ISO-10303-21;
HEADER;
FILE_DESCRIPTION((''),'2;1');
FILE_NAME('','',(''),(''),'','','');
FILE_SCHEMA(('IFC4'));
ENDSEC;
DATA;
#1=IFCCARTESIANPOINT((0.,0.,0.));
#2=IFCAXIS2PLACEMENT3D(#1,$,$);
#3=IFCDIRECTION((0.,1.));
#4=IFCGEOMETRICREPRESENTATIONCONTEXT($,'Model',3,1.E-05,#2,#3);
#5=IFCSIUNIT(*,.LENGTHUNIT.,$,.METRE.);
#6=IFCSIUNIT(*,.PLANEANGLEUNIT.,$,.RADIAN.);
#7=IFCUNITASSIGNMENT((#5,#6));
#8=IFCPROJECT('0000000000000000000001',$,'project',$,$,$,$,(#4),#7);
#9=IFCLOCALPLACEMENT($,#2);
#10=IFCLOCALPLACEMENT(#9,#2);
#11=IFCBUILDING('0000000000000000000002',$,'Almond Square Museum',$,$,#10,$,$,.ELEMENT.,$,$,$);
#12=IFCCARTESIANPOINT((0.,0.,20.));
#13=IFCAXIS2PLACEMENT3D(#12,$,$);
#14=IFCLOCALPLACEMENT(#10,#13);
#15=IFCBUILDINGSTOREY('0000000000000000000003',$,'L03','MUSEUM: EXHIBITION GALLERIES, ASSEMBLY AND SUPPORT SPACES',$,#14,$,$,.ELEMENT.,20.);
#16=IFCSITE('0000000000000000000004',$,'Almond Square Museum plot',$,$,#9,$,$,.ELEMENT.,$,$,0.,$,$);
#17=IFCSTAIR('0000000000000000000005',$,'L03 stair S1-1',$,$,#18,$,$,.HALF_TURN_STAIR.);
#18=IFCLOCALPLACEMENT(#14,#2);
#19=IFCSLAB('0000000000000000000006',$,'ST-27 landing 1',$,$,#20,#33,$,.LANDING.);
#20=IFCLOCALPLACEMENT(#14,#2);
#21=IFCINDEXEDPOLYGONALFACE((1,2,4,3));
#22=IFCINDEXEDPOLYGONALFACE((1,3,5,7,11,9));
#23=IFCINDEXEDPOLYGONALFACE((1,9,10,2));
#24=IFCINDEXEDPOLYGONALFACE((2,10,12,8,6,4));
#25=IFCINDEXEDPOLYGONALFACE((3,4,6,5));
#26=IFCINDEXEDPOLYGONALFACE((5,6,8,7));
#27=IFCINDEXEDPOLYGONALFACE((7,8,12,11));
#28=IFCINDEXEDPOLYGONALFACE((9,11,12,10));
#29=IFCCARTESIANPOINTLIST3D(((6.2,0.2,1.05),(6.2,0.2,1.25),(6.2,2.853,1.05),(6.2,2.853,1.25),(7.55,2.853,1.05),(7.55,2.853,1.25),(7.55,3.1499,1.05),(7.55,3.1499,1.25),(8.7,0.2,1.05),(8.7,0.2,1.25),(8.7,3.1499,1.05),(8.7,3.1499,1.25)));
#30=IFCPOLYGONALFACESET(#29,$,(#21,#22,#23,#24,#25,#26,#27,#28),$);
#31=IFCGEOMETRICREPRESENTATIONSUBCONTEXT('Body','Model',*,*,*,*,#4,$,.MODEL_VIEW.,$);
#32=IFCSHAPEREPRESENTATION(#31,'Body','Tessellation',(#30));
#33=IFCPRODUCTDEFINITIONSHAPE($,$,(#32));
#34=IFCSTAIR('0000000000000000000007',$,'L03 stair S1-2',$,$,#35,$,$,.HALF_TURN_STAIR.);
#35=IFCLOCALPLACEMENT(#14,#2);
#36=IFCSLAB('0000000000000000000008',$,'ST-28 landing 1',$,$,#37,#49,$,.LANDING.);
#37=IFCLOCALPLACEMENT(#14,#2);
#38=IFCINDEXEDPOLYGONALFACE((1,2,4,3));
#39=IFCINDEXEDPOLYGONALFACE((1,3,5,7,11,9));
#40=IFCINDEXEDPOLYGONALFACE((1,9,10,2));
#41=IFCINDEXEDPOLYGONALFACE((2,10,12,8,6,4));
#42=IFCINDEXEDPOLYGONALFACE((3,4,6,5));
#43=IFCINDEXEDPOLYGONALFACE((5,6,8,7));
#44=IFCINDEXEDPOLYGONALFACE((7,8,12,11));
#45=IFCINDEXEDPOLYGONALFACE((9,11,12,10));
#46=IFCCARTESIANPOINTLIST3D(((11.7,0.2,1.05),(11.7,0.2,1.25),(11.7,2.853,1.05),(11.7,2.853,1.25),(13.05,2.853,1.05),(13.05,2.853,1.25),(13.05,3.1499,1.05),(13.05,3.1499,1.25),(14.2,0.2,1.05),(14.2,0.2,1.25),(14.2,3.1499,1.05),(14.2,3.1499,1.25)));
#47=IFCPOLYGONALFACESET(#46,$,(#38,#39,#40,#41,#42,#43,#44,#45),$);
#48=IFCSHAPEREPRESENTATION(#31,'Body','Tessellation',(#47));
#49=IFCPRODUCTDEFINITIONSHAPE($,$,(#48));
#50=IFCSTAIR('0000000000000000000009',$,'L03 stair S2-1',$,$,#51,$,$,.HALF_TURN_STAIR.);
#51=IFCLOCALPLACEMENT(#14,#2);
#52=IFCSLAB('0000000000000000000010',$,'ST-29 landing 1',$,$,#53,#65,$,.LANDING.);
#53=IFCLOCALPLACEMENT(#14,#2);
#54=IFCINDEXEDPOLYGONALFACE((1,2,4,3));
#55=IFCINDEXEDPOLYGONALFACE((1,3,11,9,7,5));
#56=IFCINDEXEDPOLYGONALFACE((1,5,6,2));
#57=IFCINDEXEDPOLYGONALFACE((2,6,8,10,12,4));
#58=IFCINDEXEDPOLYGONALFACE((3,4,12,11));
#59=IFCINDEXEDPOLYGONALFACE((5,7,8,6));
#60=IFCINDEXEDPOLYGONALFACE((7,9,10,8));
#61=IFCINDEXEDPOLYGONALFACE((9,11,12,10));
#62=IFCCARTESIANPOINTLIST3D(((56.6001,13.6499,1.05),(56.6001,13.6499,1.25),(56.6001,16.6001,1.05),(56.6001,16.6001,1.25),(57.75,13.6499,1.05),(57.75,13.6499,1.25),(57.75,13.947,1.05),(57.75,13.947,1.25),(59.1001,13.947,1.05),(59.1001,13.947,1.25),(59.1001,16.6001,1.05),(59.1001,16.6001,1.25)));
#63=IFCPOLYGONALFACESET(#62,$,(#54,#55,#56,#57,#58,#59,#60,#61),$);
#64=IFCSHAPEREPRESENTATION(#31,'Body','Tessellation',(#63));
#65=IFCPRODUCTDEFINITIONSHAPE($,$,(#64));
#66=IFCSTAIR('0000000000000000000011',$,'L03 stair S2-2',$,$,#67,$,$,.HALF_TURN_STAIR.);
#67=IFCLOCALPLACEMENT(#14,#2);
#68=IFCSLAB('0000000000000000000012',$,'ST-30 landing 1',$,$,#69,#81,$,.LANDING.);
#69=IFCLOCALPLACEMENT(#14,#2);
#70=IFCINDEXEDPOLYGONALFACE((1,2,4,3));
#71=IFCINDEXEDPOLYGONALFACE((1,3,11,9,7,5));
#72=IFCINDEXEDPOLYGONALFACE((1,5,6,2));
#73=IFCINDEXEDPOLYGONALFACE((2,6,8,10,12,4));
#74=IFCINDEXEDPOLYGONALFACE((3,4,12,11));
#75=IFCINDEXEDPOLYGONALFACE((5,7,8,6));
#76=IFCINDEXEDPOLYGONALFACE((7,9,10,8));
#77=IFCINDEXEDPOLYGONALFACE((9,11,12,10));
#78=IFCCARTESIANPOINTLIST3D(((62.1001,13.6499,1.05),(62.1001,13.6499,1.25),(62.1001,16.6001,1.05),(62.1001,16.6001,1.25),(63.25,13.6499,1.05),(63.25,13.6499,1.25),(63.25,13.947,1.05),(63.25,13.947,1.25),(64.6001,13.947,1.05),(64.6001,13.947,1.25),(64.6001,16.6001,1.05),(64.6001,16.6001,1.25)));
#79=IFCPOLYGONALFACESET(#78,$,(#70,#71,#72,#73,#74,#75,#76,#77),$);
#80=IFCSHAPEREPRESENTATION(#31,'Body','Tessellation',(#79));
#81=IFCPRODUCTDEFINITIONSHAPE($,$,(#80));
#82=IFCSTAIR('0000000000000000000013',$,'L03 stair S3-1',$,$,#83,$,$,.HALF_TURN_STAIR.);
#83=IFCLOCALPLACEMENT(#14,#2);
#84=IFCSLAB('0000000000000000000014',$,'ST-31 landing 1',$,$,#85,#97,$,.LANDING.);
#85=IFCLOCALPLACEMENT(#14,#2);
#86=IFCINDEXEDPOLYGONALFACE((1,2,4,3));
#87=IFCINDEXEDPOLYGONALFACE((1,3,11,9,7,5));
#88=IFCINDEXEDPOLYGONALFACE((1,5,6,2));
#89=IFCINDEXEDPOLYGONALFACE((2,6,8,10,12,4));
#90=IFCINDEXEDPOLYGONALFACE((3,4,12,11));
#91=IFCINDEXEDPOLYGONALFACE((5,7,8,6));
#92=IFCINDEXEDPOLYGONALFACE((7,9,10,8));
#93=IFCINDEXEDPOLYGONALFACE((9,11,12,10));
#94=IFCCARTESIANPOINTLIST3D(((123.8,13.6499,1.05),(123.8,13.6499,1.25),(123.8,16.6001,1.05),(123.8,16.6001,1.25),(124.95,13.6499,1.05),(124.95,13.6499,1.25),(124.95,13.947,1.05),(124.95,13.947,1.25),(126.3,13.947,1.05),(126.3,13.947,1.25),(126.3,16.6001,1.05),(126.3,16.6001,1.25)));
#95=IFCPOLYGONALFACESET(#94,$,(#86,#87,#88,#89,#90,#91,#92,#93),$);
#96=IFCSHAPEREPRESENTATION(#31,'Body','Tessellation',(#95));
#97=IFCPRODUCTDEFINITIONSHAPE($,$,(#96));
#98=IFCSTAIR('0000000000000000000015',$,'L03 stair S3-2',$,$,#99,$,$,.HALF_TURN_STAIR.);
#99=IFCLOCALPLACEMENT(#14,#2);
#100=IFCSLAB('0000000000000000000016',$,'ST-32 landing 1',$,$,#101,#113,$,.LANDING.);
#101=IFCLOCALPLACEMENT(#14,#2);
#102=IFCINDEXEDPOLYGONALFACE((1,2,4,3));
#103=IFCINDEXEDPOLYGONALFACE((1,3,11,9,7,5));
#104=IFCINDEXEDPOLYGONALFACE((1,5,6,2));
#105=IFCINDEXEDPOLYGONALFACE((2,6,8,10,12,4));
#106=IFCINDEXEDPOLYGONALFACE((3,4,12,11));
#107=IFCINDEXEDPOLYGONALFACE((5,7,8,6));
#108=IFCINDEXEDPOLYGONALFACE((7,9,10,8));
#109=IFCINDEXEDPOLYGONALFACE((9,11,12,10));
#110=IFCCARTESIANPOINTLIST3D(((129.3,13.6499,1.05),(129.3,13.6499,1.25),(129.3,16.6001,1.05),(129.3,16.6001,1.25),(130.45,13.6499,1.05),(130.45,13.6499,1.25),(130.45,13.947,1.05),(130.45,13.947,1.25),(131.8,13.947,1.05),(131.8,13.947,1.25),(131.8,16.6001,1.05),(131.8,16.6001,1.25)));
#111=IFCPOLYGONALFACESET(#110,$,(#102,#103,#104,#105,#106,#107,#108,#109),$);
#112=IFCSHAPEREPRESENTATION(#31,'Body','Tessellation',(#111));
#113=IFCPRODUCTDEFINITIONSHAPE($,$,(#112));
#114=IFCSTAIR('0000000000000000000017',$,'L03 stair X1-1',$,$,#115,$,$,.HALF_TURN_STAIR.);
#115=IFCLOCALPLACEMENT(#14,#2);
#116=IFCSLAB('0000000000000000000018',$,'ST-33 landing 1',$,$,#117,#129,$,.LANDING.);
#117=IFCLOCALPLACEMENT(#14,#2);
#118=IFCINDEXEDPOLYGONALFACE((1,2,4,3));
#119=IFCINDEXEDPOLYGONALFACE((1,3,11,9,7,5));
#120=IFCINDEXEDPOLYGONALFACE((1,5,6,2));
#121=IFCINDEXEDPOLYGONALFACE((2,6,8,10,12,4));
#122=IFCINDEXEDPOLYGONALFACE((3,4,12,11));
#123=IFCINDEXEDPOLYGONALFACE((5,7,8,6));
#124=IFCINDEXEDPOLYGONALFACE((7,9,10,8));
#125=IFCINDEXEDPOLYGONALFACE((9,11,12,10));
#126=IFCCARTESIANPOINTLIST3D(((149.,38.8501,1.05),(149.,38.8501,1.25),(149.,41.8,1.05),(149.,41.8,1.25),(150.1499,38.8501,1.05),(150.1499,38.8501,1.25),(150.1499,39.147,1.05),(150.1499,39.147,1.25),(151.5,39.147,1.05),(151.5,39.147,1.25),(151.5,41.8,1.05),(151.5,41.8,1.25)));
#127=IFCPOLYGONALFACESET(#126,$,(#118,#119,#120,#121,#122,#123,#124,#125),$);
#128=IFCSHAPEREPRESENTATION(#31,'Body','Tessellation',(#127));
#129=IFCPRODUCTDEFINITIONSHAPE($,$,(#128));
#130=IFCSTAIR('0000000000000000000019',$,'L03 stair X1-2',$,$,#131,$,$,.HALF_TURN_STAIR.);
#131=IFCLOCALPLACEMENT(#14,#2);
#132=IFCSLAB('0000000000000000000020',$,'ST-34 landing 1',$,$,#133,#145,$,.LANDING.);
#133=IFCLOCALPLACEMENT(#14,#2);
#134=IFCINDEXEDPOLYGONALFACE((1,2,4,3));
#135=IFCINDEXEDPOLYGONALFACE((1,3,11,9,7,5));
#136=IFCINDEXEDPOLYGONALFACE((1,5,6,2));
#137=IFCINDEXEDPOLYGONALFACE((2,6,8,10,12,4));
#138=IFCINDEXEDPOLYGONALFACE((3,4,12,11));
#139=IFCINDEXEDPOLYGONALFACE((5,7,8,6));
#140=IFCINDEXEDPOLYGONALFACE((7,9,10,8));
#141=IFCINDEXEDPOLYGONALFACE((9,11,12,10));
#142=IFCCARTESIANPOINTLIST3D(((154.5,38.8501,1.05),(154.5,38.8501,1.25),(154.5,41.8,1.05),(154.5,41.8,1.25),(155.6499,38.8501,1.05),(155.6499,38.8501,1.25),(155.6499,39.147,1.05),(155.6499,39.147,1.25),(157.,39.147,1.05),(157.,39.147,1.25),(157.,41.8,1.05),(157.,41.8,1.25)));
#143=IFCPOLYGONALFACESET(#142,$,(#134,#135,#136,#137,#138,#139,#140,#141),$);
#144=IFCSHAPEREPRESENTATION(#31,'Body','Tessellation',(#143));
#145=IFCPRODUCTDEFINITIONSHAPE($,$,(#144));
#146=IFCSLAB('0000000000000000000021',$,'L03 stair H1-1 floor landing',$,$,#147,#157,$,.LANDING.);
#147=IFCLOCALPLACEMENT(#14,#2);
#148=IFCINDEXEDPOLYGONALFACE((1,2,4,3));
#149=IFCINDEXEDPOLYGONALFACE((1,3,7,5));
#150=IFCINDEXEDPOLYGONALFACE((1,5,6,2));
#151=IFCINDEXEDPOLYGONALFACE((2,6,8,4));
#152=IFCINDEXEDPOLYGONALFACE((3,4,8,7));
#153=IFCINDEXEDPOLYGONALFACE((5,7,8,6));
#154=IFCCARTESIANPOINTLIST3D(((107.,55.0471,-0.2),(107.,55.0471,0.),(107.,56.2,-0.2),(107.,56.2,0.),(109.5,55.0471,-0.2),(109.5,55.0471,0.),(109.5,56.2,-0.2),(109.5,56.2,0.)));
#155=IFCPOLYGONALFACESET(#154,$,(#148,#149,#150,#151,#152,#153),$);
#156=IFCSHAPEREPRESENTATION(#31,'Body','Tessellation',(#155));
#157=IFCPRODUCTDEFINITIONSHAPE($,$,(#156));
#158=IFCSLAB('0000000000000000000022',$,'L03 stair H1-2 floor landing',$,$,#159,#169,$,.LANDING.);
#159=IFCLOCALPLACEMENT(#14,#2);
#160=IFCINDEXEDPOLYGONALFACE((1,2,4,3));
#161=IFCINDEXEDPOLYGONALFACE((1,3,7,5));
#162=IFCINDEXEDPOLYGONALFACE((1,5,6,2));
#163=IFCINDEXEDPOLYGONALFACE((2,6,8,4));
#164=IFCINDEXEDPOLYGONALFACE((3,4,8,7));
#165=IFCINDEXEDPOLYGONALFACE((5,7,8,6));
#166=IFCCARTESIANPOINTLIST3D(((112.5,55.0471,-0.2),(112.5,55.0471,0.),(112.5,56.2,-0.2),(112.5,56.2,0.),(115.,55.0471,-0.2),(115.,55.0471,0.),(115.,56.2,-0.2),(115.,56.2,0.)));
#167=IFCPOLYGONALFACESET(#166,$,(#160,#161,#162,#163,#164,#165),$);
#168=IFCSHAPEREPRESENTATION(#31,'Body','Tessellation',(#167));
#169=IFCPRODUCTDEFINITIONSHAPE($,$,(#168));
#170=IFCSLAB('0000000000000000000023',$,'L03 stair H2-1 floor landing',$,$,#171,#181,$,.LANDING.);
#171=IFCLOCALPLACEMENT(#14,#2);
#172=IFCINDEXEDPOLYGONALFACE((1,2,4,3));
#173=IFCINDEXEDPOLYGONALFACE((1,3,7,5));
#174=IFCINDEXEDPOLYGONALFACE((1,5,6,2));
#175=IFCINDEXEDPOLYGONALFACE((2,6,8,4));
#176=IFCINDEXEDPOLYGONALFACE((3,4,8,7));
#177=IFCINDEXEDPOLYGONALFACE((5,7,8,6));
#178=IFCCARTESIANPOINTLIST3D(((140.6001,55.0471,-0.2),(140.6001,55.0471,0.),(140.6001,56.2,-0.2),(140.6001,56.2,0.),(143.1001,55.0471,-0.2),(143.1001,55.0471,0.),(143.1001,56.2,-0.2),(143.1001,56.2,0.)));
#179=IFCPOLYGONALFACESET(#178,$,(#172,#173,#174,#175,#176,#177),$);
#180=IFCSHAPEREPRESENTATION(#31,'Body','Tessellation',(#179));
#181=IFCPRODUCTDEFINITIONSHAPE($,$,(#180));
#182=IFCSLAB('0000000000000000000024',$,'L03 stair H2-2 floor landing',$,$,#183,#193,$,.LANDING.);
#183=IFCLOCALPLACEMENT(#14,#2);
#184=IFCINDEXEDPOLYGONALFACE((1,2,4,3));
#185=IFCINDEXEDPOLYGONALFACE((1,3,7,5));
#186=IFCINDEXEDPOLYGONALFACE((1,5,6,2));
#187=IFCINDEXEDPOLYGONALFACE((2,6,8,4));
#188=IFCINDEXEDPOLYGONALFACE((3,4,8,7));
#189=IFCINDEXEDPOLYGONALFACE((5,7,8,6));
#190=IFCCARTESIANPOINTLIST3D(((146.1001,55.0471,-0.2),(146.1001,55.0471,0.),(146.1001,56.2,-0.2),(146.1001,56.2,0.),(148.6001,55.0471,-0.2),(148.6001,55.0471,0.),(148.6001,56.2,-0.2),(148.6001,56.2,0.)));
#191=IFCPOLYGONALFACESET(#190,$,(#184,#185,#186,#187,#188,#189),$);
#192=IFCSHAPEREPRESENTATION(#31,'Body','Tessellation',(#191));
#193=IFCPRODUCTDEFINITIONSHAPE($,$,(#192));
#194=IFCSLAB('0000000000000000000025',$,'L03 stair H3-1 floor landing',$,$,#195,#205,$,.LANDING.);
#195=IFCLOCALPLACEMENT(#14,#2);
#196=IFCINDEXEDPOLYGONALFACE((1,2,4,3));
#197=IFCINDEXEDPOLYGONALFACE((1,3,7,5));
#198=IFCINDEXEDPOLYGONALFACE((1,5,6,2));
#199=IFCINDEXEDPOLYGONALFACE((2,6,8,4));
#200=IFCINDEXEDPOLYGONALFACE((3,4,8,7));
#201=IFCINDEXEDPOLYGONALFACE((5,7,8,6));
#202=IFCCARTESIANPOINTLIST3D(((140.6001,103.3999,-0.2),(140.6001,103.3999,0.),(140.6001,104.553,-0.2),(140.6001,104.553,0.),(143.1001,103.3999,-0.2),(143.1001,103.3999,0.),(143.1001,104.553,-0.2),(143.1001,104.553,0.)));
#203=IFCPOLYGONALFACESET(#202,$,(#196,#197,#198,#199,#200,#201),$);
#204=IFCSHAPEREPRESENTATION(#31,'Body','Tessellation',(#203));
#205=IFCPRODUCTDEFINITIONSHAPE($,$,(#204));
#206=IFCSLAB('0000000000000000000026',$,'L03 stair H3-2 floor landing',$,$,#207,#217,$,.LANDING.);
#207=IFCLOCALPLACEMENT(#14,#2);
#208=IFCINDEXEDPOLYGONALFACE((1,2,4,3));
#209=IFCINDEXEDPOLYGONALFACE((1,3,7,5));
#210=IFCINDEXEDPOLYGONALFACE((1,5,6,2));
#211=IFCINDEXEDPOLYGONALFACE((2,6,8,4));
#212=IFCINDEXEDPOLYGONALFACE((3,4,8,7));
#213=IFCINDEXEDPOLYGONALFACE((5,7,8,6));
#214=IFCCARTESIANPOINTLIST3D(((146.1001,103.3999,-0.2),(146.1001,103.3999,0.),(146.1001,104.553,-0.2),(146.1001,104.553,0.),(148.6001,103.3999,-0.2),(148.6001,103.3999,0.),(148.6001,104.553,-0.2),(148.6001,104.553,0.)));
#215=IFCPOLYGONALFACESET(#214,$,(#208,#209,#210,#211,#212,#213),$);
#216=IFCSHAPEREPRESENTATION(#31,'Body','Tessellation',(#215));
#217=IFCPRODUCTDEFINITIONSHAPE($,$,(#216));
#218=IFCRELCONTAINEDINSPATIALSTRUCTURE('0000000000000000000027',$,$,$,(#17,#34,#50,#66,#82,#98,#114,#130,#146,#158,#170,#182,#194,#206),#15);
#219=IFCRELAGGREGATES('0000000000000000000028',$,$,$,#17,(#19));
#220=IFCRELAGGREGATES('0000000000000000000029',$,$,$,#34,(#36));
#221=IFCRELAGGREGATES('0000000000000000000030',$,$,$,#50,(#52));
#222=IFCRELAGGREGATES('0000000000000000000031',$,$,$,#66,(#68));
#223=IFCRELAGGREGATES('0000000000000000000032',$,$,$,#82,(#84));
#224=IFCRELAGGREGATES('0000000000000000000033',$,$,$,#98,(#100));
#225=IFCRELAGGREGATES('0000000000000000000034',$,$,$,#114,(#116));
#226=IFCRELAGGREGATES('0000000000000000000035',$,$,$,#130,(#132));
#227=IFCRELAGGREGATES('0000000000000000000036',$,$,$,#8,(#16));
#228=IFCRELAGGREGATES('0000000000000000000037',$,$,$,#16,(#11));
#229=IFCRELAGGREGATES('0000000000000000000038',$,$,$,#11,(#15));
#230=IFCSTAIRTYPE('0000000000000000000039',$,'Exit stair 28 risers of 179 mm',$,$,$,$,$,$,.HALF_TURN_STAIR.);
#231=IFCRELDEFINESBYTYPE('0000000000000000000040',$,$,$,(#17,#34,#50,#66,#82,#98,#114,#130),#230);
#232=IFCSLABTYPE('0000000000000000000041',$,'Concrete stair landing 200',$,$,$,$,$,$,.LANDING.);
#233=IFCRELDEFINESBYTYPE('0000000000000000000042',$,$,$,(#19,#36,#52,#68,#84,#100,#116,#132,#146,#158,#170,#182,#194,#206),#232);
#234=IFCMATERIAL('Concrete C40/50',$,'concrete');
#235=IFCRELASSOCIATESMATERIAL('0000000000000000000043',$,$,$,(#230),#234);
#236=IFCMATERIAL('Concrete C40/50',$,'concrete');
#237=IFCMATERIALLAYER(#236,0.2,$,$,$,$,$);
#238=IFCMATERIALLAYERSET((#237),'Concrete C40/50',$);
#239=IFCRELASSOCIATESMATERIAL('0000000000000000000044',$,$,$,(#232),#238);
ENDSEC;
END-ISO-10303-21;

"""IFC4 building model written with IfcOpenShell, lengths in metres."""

from ifc_helpers import new_model, si_unit, direction, frame, origin, place, context, subcontext, project, spatial, polyline, outline, extrude, material, layer, layer_set, type_object, element, aggregate, save


model = new_model("IFC4")

# Units and contexts
model_context = context("Model", 3, precision=1e-05, world=origin(), true_north=direction((0.0, 1.0)))
body_context = subcontext(model_context, "Body", "Model", "MODEL_VIEW")
ifc_project = project(units=[si_unit("LENGTHUNIT", "METRE"), si_unit("PLANEANGLEUNIT", "RADIAN")], contexts=[model_context])

# Site, building, storey
site_placement = place(None, origin())
site = spatial("IfcSite", under=ifc_project, at=site_placement, Name="Almond Square Museum plot", CompositionType="ELEMENT", RefElevation=0.0)
building_placement = place(site_placement, origin())
building = spatial("IfcBuilding", under=site, at=building_placement, Name="Almond Square Museum", CompositionType="ELEMENT")
storey_placement = place(building_placement, frame((0.0, 0.0, 20.0)))
storey = spatial("IfcBuildingStorey", under=building, at=storey_placement, Name="L03", Description="MUSEUM: EXHIBITION GALLERIES, ASSEMBLY AND SUPPORT SPACES", CompositionType="ELEMENT", Elevation=20.0)

# Stairs, slabs
ifc_material_1 = material(Name="Concrete C40/50", Category="concrete")
stair_type = type_object("IfcStairType", Name="Exit stair 28 risers of 179 mm", PredefinedType="HALF_TURN_STAIR", material=ifc_material_1)
ifc_material_2 = material(Name="Concrete C40/50", Category="concrete")
ifc_layer_1 = layer(ifc_material_2, 0.2)
ifc_layer_set_1 = layer_set([ifc_layer_1], Name="Concrete C40/50")
slab_type_1 = type_object("IfcSlabType", Name="Concrete stair landing 200", PredefinedType="LANDING", material=ifc_layer_set_1)
stair_1_placement = place(storey_placement, origin())
stair_1 = element("IfcStair", 1, at=stair_1_placement, inside=storey, type_object=stair_type, Name="L03 stair S1-1", PredefinedType="HALF_TURN_STAIR")
slab_1_placement = place(storey_placement, frame((0.0, 0.0, 1.05)))
slab_1 = element("IfcSlab", 2, at=slab_1_placement, type_object=slab_type_1, Name="ST-27 landing 1", PredefinedType="LANDING", context=body_context, shape_type="SweptSolid", body=[
    extrude(outline(polyline([(6.2, 2.853), (6.2, 0.2), (8.7, 0.2), (8.7, 3.1499), (7.55, 3.1499), (7.55, 2.853), (6.2, 2.853)])), origin(), (0.0, 0.0, 1.0), 0.2),
])
aggregate(stair_1, [slab_1])
stair_2_placement = place(storey_placement, origin())
stair_2 = element("IfcStair", 3, at=stair_2_placement, inside=storey, type_object=stair_type, Name="L03 stair S1-2", PredefinedType="HALF_TURN_STAIR")
slab_2_placement = place(storey_placement, frame((0.0, 0.0, 1.05)))
slab_2 = element("IfcSlab", 4, at=slab_2_placement, type_object=slab_type_1, Name="ST-28 landing 1", PredefinedType="LANDING", context=body_context, shape_type="SweptSolid", body=[
    extrude(outline(polyline([(11.7, 2.853), (11.7, 0.2), (14.2, 0.2), (14.2, 3.1499), (13.05, 3.1499), (13.05, 2.853), (11.7, 2.853)])), origin(), (0.0, 0.0, 1.0), 0.2),
])
aggregate(stair_2, [slab_2])
stair_3_placement = place(storey_placement, origin())
stair_3 = element("IfcStair", 5, at=stair_3_placement, inside=storey, type_object=stair_type, Name="L03 stair S2-1", PredefinedType="HALF_TURN_STAIR")
slab_3_placement = place(storey_placement, frame((0.0, 0.0, 1.05)))
slab_3 = element("IfcSlab", 6, at=slab_3_placement, type_object=slab_type_1, Name="ST-29 landing 1", PredefinedType="LANDING", context=body_context, shape_type="SweptSolid", body=[
    extrude(outline(polyline([(59.1001, 13.947), (59.1001, 16.6001), (56.6001, 16.6001), (56.6001, 13.6499), (57.75, 13.6499), (57.75, 13.947), (59.1001, 13.947)])), origin(), (0.0, 0.0, 1.0), 0.2),
])
aggregate(stair_3, [slab_3])
stair_4_placement = place(storey_placement, origin())
stair_4 = element("IfcStair", 7, at=stair_4_placement, inside=storey, type_object=stair_type, Name="L03 stair S2-2", PredefinedType="HALF_TURN_STAIR")
slab_4_placement = place(storey_placement, frame((0.0, 0.0, 1.05)))
slab_4 = element("IfcSlab", 8, at=slab_4_placement, type_object=slab_type_1, Name="ST-30 landing 1", PredefinedType="LANDING", context=body_context, shape_type="SweptSolid", body=[
    extrude(outline(polyline([(64.6001, 13.947), (64.6001, 16.6001), (62.1001, 16.6001), (62.1001, 13.6499), (63.25, 13.6499), (63.25, 13.947), (64.6001, 13.947)])), origin(), (0.0, 0.0, 1.0), 0.2),
])
aggregate(stair_4, [slab_4])
stair_5_placement = place(storey_placement, origin())
stair_5 = element("IfcStair", 9, at=stair_5_placement, inside=storey, type_object=stair_type, Name="L03 stair S3-1", PredefinedType="HALF_TURN_STAIR")
slab_5_placement = place(storey_placement, frame((0.0, 0.0, 1.05)))
slab_5 = element("IfcSlab", 10, at=slab_5_placement, type_object=slab_type_1, Name="ST-31 landing 1", PredefinedType="LANDING", context=body_context, shape_type="SweptSolid", body=[
    extrude(outline(polyline([(126.3, 13.947), (126.3, 16.6001), (123.8, 16.6001), (123.8, 13.6499), (124.95, 13.6499), (124.95, 13.947), (126.3, 13.947)])), origin(), (0.0, 0.0, 1.0), 0.2),
])
aggregate(stair_5, [slab_5])
stair_6_placement = place(storey_placement, origin())
stair_6 = element("IfcStair", 11, at=stair_6_placement, inside=storey, type_object=stair_type, Name="L03 stair S3-2", PredefinedType="HALF_TURN_STAIR")
slab_6_placement = place(storey_placement, frame((0.0, 0.0, 1.05)))
slab_6 = element("IfcSlab", 12, at=slab_6_placement, type_object=slab_type_1, Name="ST-32 landing 1", PredefinedType="LANDING", context=body_context, shape_type="SweptSolid", body=[
    extrude(outline(polyline([(131.8, 13.947), (131.8, 16.6001), (129.3, 16.6001), (129.3, 13.6499), (130.45, 13.6499), (130.45, 13.947), (131.8, 13.947)])), origin(), (0.0, 0.0, 1.0), 0.2),
])
aggregate(stair_6, [slab_6])
stair_7_placement = place(storey_placement, origin())
stair_7 = element("IfcStair", 13, at=stair_7_placement, inside=storey, type_object=stair_type, Name="L03 stair X1-1", PredefinedType="HALF_TURN_STAIR")
slab_7_placement = place(storey_placement, frame((0.0, 0.0, 1.05)))
slab_7 = element("IfcSlab", 14, at=slab_7_placement, type_object=slab_type_1, Name="ST-33 landing 1", PredefinedType="LANDING", context=body_context, shape_type="SweptSolid", body=[
    extrude(outline(polyline([(151.5, 39.147), (151.5, 41.8), (149.0, 41.8), (149.0, 38.8501), (150.1499, 38.8501), (150.1499, 39.147), (151.5, 39.147)])), origin(), (0.0, 0.0, 1.0), 0.2),
])
aggregate(stair_7, [slab_7])
stair_8_placement = place(storey_placement, origin())
stair_8 = element("IfcStair", 15, at=stair_8_placement, inside=storey, type_object=stair_type, Name="L03 stair X1-2", PredefinedType="HALF_TURN_STAIR")
slab_8_placement = place(storey_placement, frame((0.0, 0.0, 1.05)))
slab_8 = element("IfcSlab", 16, at=slab_8_placement, type_object=slab_type_1, Name="ST-34 landing 1", PredefinedType="LANDING", context=body_context, shape_type="SweptSolid", body=[
    extrude(outline(polyline([(157.0, 39.147), (157.0, 41.8), (154.5, 41.8), (154.5, 38.8501), (155.6499, 38.8501), (155.6499, 39.147), (157.0, 39.147)])), origin(), (0.0, 0.0, 1.0), 0.2),
])
aggregate(stair_8, [slab_8])

# Slabs
slab_9_placement = place(storey_placement, frame((0.0, 0.0, -0.2)))
element("IfcSlab", 17, at=slab_9_placement, inside=storey, type_object=slab_type_1, Name="L03 stair H1-1 floor landing", PredefinedType="LANDING", context=body_context, shape_type="SweptSolid", body=[
    extrude(outline(polyline([(107.0, 55.0471), (109.5, 55.0471), (109.5, 56.2), (107.0, 56.2), (107.0, 55.0471)])), origin(), (0.0, 0.0, 1.0), 0.2),
])
slab_10_placement = place(storey_placement, frame((0.0, 0.0, -0.2)))
element("IfcSlab", 18, at=slab_10_placement, inside=storey, type_object=slab_type_1, Name="L03 stair H1-2 floor landing", PredefinedType="LANDING", context=body_context, shape_type="SweptSolid", body=[
    extrude(outline(polyline([(112.5, 55.0471), (115.0, 55.0471), (115.0, 56.2), (112.5, 56.2), (112.5, 55.0471)])), origin(), (0.0, 0.0, 1.0), 0.2),
])
slab_11_placement = place(storey_placement, frame((0.0, 0.0, -0.2)))
element("IfcSlab", 19, at=slab_11_placement, inside=storey, type_object=slab_type_1, Name="L03 stair H2-1 floor landing", PredefinedType="LANDING", context=body_context, shape_type="SweptSolid", body=[
    extrude(outline(polyline([(140.6001, 55.0471), (143.1001, 55.0471), (143.1001, 56.2), (140.6001, 56.2), (140.6001, 55.0471)])), origin(), (0.0, 0.0, 1.0), 0.2),
])
slab_12_placement = place(storey_placement, frame((0.0, 0.0, -0.2)))
element("IfcSlab", 20, at=slab_12_placement, inside=storey, type_object=slab_type_1, Name="L03 stair H2-2 floor landing", PredefinedType="LANDING", context=body_context, shape_type="SweptSolid", body=[
    extrude(outline(polyline([(146.1001, 55.0471), (148.6001, 55.0471), (148.6001, 56.2), (146.1001, 56.2), (146.1001, 55.0471)])), origin(), (0.0, 0.0, 1.0), 0.2),
])
slab_13_placement = place(storey_placement, frame((0.0, 0.0, -0.2)))
element("IfcSlab", 21, at=slab_13_placement, inside=storey, type_object=slab_type_1, Name="L03 stair H3-1 floor landing", PredefinedType="LANDING", context=body_context, shape_type="SweptSolid", body=[
    extrude(outline(polyline([(140.6001, 103.3999), (143.1001, 103.3999), (143.1001, 104.553), (140.6001, 104.553), (140.6001, 103.3999)])), origin(), (0.0, 0.0, 1.0), 0.2),
])
slab_14_placement = place(storey_placement, frame((0.0, 0.0, -0.2)))
element("IfcSlab", 22, at=slab_14_placement, inside=storey, type_object=slab_type_1, Name="L03 stair H3-2 floor landing", PredefinedType="LANDING", context=body_context, shape_type="SweptSolid", body=[
    extrude(outline(polyline([(146.1001, 103.3999), (148.6001, 103.3999), (148.6001, 104.553), (146.1001, 104.553), (146.1001, 103.3999)])), origin(), (0.0, 0.0, 1.0), 0.2),
])

save(model, "model.ifc")
